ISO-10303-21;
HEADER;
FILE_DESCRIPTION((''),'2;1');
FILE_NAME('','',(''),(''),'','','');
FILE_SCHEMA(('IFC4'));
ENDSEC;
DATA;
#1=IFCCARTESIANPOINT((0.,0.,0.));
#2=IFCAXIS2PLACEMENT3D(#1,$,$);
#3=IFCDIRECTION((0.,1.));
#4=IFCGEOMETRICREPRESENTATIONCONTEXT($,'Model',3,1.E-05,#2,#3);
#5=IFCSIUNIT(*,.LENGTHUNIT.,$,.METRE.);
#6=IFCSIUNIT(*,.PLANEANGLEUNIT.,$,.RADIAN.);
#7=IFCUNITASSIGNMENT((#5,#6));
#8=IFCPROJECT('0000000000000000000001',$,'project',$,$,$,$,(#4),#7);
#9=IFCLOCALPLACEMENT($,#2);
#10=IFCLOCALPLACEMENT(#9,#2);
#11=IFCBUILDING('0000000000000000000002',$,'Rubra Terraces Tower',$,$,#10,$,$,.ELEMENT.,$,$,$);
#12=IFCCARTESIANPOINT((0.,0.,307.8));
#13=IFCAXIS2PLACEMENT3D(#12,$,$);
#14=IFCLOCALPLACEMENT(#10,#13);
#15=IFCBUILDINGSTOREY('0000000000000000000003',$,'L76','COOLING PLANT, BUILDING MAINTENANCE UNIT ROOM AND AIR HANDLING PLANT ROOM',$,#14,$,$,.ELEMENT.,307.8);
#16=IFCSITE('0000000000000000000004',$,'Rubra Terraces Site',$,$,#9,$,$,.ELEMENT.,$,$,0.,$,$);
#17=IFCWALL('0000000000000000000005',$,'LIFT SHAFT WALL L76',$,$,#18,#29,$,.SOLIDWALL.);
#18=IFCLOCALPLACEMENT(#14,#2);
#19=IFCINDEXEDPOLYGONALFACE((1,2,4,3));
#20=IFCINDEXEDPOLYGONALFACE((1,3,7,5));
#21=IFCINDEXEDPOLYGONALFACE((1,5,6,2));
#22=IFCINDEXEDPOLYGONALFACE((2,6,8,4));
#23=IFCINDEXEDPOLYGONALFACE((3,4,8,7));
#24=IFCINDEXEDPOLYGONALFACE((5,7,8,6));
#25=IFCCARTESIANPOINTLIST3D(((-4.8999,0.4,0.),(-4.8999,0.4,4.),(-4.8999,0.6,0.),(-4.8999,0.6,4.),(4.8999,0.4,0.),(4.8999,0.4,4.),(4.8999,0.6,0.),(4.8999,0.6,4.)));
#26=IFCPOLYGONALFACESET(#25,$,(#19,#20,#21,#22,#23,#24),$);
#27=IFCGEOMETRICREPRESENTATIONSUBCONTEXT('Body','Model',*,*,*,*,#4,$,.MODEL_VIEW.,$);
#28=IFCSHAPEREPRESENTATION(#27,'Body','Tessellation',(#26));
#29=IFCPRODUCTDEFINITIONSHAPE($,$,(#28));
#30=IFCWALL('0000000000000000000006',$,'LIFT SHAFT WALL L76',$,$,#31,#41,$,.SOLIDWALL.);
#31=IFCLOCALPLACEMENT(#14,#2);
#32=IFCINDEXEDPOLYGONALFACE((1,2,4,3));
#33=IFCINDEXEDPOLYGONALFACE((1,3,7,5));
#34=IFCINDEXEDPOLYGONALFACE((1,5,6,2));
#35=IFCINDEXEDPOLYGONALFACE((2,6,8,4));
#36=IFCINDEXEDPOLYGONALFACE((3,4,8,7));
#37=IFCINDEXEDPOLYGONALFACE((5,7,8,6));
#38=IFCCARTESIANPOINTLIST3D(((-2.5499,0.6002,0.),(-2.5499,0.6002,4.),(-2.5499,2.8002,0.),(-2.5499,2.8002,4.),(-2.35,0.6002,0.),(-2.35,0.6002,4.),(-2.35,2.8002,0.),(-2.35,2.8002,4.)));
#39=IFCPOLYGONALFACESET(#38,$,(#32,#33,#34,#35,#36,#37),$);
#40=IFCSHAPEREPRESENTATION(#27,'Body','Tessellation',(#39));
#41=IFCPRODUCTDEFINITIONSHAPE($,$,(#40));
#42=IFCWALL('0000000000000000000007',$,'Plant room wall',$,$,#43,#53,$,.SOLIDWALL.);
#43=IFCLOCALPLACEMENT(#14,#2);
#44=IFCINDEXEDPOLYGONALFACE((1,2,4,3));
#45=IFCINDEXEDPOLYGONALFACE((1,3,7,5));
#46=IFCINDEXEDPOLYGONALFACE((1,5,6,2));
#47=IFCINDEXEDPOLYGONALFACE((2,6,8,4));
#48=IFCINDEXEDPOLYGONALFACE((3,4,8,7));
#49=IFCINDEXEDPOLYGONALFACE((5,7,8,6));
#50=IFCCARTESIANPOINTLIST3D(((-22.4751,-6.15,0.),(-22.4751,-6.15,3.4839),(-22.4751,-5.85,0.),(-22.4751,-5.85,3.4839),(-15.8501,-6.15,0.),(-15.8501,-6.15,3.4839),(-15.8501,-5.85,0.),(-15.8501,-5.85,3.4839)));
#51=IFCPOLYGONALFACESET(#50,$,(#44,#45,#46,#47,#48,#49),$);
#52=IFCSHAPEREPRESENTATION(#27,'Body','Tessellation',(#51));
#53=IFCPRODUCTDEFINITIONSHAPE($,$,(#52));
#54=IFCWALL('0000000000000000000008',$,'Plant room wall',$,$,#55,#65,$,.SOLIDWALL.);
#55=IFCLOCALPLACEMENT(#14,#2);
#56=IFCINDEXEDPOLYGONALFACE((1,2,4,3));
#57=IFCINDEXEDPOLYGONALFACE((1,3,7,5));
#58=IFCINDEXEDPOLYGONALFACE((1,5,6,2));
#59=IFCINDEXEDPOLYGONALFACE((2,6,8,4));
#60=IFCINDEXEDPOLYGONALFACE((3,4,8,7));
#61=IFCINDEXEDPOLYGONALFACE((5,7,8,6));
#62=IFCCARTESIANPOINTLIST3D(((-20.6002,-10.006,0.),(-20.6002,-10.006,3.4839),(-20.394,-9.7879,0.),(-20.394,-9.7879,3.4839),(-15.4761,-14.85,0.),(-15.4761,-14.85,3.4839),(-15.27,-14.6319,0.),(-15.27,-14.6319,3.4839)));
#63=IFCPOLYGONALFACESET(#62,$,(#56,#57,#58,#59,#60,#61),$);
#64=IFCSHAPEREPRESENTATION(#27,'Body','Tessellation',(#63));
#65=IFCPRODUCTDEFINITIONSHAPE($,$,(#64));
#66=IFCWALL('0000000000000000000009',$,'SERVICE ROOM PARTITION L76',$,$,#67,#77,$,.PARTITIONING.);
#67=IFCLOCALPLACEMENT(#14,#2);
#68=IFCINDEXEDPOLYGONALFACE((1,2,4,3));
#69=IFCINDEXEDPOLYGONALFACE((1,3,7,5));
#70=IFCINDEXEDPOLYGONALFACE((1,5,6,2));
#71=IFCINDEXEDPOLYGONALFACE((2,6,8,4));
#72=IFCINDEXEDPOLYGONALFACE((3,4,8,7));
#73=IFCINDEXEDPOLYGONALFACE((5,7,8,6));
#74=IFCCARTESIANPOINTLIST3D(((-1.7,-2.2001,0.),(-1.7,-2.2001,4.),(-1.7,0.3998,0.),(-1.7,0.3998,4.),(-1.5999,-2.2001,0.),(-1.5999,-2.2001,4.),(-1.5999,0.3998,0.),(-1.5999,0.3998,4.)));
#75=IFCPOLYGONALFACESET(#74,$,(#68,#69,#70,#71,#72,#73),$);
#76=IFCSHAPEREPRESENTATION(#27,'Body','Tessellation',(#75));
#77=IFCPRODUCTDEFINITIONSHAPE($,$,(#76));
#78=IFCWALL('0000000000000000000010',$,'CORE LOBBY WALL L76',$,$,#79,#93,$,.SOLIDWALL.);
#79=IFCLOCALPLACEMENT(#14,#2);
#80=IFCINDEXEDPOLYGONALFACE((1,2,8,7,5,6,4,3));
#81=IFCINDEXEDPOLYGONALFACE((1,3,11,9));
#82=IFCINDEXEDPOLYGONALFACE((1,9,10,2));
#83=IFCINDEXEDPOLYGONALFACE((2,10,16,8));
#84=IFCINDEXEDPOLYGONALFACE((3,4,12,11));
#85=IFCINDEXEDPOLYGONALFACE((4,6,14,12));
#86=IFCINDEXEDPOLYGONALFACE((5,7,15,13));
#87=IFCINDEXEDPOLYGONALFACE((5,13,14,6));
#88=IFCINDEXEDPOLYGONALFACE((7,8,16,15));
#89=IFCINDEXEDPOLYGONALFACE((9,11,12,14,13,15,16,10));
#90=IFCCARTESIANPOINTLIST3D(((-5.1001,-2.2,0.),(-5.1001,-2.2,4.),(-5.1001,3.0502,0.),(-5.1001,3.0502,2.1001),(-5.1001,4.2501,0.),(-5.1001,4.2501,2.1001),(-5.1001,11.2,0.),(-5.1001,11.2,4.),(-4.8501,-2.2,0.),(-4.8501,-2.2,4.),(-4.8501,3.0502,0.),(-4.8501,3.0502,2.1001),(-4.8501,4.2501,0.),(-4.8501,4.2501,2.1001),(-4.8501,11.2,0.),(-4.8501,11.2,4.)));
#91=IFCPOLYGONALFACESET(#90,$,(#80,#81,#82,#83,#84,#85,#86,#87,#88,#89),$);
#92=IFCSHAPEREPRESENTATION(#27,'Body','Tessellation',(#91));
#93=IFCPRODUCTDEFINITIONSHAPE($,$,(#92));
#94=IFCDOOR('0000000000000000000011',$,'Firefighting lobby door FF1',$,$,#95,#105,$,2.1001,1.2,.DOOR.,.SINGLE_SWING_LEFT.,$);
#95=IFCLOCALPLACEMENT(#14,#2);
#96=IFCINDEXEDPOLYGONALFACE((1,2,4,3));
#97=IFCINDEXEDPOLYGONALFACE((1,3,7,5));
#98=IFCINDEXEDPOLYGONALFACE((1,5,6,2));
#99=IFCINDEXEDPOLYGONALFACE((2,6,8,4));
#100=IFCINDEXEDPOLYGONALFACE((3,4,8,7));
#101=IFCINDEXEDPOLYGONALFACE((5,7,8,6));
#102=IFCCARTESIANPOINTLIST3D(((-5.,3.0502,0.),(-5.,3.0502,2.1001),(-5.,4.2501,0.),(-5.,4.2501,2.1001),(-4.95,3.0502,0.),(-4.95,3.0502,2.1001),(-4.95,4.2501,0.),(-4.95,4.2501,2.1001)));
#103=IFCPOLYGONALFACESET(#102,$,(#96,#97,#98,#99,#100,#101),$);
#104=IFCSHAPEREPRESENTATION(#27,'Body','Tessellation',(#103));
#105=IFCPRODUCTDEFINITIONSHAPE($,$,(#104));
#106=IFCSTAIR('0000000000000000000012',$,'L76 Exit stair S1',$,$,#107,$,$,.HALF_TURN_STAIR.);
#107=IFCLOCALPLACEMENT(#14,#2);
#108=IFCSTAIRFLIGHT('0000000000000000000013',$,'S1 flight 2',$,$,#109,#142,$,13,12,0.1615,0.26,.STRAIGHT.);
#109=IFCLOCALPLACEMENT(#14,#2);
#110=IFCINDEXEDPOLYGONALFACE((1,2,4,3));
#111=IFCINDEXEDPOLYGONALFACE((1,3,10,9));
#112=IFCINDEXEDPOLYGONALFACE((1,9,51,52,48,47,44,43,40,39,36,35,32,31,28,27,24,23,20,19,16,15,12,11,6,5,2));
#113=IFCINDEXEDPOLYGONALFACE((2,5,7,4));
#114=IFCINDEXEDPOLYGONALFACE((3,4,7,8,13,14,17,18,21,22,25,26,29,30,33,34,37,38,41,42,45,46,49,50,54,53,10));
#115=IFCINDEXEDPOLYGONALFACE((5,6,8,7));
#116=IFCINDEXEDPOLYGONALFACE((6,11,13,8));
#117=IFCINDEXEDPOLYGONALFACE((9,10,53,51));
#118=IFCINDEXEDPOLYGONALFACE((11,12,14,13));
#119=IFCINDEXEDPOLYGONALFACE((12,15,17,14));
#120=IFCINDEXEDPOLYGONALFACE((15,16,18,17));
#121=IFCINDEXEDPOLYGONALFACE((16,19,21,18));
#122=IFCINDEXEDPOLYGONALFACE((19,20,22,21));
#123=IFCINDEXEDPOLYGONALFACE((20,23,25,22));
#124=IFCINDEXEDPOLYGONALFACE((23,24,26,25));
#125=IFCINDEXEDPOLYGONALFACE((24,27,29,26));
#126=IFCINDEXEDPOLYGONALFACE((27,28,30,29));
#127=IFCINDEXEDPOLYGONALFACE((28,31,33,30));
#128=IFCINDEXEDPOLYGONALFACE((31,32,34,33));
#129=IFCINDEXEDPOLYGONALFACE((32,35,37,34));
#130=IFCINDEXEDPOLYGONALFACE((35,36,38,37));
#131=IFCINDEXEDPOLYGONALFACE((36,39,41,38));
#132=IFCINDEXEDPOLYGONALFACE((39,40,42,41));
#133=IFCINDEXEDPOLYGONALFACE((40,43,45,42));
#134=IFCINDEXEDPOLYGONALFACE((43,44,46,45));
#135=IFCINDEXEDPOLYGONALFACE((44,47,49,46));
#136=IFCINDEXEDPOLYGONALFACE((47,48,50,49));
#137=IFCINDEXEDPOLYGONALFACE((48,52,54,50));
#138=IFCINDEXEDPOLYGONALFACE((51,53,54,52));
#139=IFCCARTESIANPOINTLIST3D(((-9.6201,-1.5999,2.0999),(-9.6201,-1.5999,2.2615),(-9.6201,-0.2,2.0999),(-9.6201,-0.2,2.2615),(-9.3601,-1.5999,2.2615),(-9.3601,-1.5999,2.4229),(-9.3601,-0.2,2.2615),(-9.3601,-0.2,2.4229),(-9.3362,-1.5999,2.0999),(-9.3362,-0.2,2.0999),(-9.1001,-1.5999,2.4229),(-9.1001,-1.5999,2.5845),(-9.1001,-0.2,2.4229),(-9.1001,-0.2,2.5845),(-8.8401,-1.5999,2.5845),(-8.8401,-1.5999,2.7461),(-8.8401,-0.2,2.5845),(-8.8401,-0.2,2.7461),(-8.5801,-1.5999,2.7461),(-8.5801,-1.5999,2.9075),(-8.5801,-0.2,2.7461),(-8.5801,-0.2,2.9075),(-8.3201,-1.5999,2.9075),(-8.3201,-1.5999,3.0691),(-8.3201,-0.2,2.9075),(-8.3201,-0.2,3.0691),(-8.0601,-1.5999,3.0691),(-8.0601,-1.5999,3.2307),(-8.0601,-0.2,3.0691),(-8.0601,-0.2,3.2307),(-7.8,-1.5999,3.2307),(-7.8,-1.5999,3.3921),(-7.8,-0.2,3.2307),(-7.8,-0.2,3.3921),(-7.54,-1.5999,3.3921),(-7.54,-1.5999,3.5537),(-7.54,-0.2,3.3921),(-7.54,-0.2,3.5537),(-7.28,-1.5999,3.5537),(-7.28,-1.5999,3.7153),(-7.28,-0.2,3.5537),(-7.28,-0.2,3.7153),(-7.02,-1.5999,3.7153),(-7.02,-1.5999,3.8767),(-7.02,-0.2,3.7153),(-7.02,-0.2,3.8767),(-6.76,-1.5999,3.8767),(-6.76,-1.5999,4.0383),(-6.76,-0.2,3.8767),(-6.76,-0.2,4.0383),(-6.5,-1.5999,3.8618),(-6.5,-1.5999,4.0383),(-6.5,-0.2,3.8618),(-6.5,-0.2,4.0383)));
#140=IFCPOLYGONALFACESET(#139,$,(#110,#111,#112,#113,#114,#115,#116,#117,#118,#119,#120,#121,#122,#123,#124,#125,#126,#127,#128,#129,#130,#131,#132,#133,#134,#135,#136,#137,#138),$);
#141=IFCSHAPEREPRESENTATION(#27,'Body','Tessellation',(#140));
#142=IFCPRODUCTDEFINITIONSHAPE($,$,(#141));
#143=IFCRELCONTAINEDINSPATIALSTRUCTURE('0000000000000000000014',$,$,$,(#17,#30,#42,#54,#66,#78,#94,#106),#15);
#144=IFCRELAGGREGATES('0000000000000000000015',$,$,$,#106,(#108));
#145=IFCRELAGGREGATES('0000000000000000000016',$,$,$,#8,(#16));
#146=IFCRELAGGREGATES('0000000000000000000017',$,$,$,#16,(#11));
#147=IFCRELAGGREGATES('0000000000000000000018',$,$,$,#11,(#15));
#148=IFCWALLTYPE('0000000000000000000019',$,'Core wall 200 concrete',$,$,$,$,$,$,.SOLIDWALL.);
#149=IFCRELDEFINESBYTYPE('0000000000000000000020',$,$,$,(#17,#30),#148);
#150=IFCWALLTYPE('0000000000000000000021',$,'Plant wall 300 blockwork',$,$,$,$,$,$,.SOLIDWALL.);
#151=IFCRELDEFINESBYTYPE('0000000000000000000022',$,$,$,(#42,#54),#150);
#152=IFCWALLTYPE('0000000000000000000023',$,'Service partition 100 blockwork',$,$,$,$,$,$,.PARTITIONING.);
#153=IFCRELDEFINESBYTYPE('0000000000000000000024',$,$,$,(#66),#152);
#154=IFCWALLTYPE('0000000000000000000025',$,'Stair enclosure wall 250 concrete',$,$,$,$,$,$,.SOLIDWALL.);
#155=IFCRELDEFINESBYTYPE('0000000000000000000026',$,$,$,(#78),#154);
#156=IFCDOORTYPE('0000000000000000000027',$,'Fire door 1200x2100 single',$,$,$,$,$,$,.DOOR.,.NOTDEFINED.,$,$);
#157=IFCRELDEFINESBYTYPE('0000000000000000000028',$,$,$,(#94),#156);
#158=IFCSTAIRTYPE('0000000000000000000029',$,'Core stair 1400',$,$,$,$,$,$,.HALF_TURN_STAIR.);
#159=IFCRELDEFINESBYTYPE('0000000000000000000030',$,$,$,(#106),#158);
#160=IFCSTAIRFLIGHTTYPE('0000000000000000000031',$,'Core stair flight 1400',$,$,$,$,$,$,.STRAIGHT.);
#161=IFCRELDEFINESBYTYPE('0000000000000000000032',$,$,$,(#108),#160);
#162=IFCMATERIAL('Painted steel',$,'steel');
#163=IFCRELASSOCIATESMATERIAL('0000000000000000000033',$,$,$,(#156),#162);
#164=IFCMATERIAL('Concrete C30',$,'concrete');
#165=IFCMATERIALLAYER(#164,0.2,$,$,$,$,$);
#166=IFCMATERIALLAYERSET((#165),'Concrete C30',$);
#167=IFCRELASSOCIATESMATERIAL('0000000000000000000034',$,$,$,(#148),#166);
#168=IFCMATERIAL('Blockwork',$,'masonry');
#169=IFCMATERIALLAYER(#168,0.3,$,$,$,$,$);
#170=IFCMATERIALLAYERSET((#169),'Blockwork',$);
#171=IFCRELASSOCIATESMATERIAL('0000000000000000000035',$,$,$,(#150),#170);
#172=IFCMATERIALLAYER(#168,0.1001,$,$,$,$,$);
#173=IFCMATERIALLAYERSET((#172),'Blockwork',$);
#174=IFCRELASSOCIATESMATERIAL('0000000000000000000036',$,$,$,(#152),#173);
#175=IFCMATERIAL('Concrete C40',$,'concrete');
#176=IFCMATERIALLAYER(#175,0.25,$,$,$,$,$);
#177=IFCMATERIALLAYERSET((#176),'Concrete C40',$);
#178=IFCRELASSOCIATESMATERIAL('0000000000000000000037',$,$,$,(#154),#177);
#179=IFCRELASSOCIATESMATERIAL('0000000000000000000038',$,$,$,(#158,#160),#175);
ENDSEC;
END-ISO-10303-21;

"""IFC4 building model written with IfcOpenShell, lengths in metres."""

from ifc_helpers import new_model, si_unit, direction, frame, frame_2d, origin, place, context, subcontext, project, spatial, polyline, rectangle, outline, extrude, material, layer, layer_set, type_object, element, fill, aggregate, save


model = new_model("IFC4")

# Units and contexts
model_context = context("Model", 3, precision=1e-05, world=origin(), true_north=direction((0.0, 1.0)))
body_context = subcontext(model_context, "Body", "Model", "MODEL_VIEW")
ifc_project = project(units=[si_unit("LENGTHUNIT", "METRE"), si_unit("PLANEANGLEUNIT", "RADIAN")], contexts=[model_context])

# Site, building, storey
site_placement = place(None, origin())
site = spatial("IfcSite", under=ifc_project, at=site_placement, Name="Rubra Terraces Site", CompositionType="ELEMENT", RefElevation=0.0)
building_placement = place(site_placement, origin())
building = spatial("IfcBuilding", under=site, at=building_placement, Name="Rubra Terraces Tower", CompositionType="ELEMENT")
storey_placement = place(building_placement, frame((0.0, 0.0, 307.8)))
storey = spatial("IfcBuildingStorey", under=building, at=storey_placement, Name="L76", Description="COOLING PLANT, BUILDING MAINTENANCE UNIT ROOM AND AIR HANDLING PLANT ROOM", CompositionType="ELEMENT", Elevation=307.8)

# Shared definitions
ifc_material_1 = material(Name="Painted steel", Category="steel")
door_type_1 = type_object("IfcDoorType", Name="Fire door 1200x2100 single", OperationType="NOTDEFINED", PredefinedType="DOOR", material=ifc_material_1)

# Walls
ifc_material_2 = material(Name="Concrete C40", Category="concrete")
ifc_material_3 = material(Name="Concrete C30", Category="concrete")
ifc_layer_1 = layer(ifc_material_3, 0.2)
ifc_layer_set_1 = layer_set([ifc_layer_1], Name="Concrete C30")
wall_type_1 = type_object("IfcWallType", Name="Core wall 200 concrete", PredefinedType="SOLIDWALL", material=ifc_layer_set_1)
wall_1_placement = place(storey_placement, frame((-4.8999, 0.5, 0.0), z_axis=(0.0, 0.0, 1.0), x_axis=(1.0, 0.0, 0.0)))
element("IfcWall", 1, at=wall_1_placement, inside=storey, type_object=wall_type_1, Name="LIFT SHAFT WALL L76", PredefinedType="SOLIDWALL", context=body_context, shape_type="SweptSolid", body=[
    extrude(rectangle(XDim=9.7998, YDim=0.2, at=frame_2d((4.8999, 0.0))), origin(), (0.0, 0.0, 1.0), 4.0),
])
wall_2_placement = place(storey_placement, frame((-2.45, 0.6001, 0.0), z_axis=(0.0, 0.0, 1.0), x_axis=(0.0, 1.0, 0.0)))
element("IfcWall", 2, at=wall_2_placement, inside=storey, type_object=wall_type_1, Name="LIFT SHAFT WALL L76", PredefinedType="SOLIDWALL", context=body_context, shape_type="SweptSolid", body=[
    extrude(rectangle(XDim=2.2, YDim=0.2, at=frame_2d((1.1001, 0.0))), origin(), (0.0, 0.0, 1.0), 4.0),
])
ifc_material_4 = material(Name="Blockwork", Category="masonry")
ifc_layer_2 = layer(ifc_material_4, 0.3)
ifc_layer_set_2 = layer_set([ifc_layer_2], Name="Blockwork")
wall_type_2 = type_object("IfcWallType", Name="Plant wall 300 blockwork", PredefinedType="SOLIDWALL", material=ifc_layer_set_2)
wall_3_placement = place(storey_placement, frame((-15.8501, -6.0, 0.0), z_axis=(0.0, 0.0, 1.0), x_axis=(-1.0, 0.0, 0.0)))
element("IfcWall", 3, at=wall_3_placement, inside=storey, type_object=wall_type_2, Name="Plant room wall", PredefinedType="SOLIDWALL", context=body_context, shape_type="SweptSolid", body=[
    extrude(rectangle(XDim=6.625, YDim=0.3, at=frame_2d((3.3125, 0.0))), origin(), (0.0, 0.0, 1.0), 3.4839),
])
wall_4_placement = place(storey_placement, frame((-15.373, -14.741, 0.0), z_axis=(0.0, 0.0, 1.0), x_axis=(-0.726685, 0.686971, 0.0)))
element("IfcWall", 4, at=wall_4_placement, inside=storey, type_object=wall_type_2, Name="Plant room wall", PredefinedType="SOLIDWALL", context=body_context, shape_type="SweptSolid", body=[
    extrude(rectangle(XDim=7.0513, YDim=0.3, at=frame_2d((3.5256, 0.0))), origin(), (0.0, 0.0, 1.0), 3.4839),
])
ifc_layer_3 = layer(ifc_material_4, 0.1001)
ifc_layer_set_3 = layer_set([ifc_layer_3], Name="Blockwork")
wall_type_3 = type_object("IfcWallType", Name="Service partition 100 blockwork", PredefinedType="PARTITIONING", material=ifc_layer_set_3)
wall_5_placement = place(storey_placement, frame((-1.6499, -2.2, 0.0), z_axis=(0.0, 0.0, 1.0), x_axis=(0.0, 1.0, 0.0)))
element("IfcWall", 5, at=wall_5_placement, inside=storey, type_object=wall_type_3, Name="SERVICE ROOM PARTITION L76", PredefinedType="PARTITIONING", context=body_context, shape_type="SweptSolid", body=[
    extrude(rectangle(XDim=2.5999, YDim=0.1001, at=frame_2d((1.2998, 0.0))), origin(), (0.0, 0.0, 1.0), 4.0),
])

# Wall, opening, door
ifc_layer_4 = layer(ifc_material_2, 0.25)
ifc_layer_set_4 = layer_set([ifc_layer_4], Name="Concrete C40")
wall_type_4 = type_object("IfcWallType", Name="Stair enclosure wall 250 concrete", PredefinedType="SOLIDWALL", material=ifc_layer_set_4)
wall_6_placement = place(storey_placement, frame((-4.9751, -2.2, 0.0), z_axis=(0.0, 0.0, 1.0), x_axis=(0.0, 1.0, 0.0)))
wall_6 = element("IfcWall", 6, at=wall_6_placement, inside=storey, type_object=wall_type_4, Name="CORE LOBBY WALL L76", PredefinedType="SOLIDWALL", context=body_context, shape_type="SweptSolid", body=[
    extrude(rectangle(XDim=13.3999, YDim=0.25, at=frame_2d((6.7, 0.0))), origin(), (0.0, 0.0, 1.0), 4.0),
])
opening_1_placement = place(wall_6_placement, frame((5.25, 0.0, 0.0)))
opening_1 = element("IfcOpeningElement", 7, at=opening_1_placement, cuts=wall_6, PredefinedType="OPENING", context=body_context, shape_type="SweptSolid", body=[
    extrude(rectangle(XDim=1.2, YDim=2.1001, at=frame_2d((0.6001, 1.05))), frame((0.0, 0.135, 0.0), z_axis=(0.0, -1.0, 0.0), x_axis=(1.0, 0.0, 0.0)), (0.0, 0.0, 1.0), 0.27),
])
door_1_placement = place(opening_1_placement, origin())
door_1 = element("IfcDoor", 8, at=door_1_placement, inside=storey, type_object=door_type_1, Name="Firefighting lobby door FF1", OperationType="SINGLE_SWING_LEFT", OverallHeight=2.1001, OverallWidth=1.2, PredefinedType="DOOR", context=body_context, shape_type="SweptSolid", body=[
    extrude(rectangle(XDim=1.2, YDim=2.1001, at=frame_2d((0.6001, 1.05))), frame((0.0, 0.0249, 0.0), z_axis=(0.0, -1.0, 0.0), x_axis=(1.0, 0.0, 0.0)), (0.0, 0.0, 1.0), 0.05),
])
fill(opening_1, door_1)

# Stair, stair flight
stair_type = type_object("IfcStairType", Name="Core stair 1400", PredefinedType="HALF_TURN_STAIR", material=ifc_material_2)
stair_placement = place(storey_placement, origin())
stair = element("IfcStair", 9, at=stair_placement, inside=storey, type_object=stair_type, Name="L76 Exit stair S1", PredefinedType="HALF_TURN_STAIR")
stair_flight_type = type_object("IfcStairFlightType", Name="Core stair flight 1400", PredefinedType="STRAIGHT", material=ifc_material_2)
stair_flight_placement = place(storey_placement, frame((-9.6201, -0.8999, 2.0999), z_axis=(0.0, 0.0, 1.0), x_axis=(1.0, 0.0, 0.0)))
stair_flight = element("IfcStairFlight", 10, at=stair_flight_placement, type_object=stair_flight_type, Name="S1 flight 2", NumberOfRisers=13, NumberOfTreads=12, PredefinedType="STRAIGHT", RiserHeight=0.1615, TreadLength=0.26, context=body_context, shape_type="SweptSolid", body=[
    extrude(outline(polyline([(0.0, 0.0), (0.0, 0.1616), (0.26, 0.1616), (0.26, 0.323), (0.52, 0.323), (0.52, 0.4846), (0.78, 0.4846), (0.78, 0.6462), (1.04, 0.6462), (1.04, 0.8076), (1.3, 0.8076), (1.3, 0.9692), (1.5601, 0.9692), (1.5601, 1.1309), (1.8201, 1.1309), (1.8201, 1.2922), (2.0801, 1.2922), (2.0801, 1.4539), (2.3401, 1.4539), (2.3401, 1.6155), (2.6001, 1.6155), (2.6001, 1.7769), (2.8601, 1.7769), (2.8601, 1.9385), (3.1201, 1.9385), (3.1201, 2.1001), (3.1201, 1.762), (0.2839, 0.0), (0.0, 0.0)])), frame((0.0, 0.7, 0.0), z_axis=(0.0, -1.0, 0.0), x_axis=(1.0, 0.0, 0.0)), (0.0, 0.0, 1.0), 1.3999),
])
aggregate(stair, [stair_flight])

save(model, "model.ifc")
